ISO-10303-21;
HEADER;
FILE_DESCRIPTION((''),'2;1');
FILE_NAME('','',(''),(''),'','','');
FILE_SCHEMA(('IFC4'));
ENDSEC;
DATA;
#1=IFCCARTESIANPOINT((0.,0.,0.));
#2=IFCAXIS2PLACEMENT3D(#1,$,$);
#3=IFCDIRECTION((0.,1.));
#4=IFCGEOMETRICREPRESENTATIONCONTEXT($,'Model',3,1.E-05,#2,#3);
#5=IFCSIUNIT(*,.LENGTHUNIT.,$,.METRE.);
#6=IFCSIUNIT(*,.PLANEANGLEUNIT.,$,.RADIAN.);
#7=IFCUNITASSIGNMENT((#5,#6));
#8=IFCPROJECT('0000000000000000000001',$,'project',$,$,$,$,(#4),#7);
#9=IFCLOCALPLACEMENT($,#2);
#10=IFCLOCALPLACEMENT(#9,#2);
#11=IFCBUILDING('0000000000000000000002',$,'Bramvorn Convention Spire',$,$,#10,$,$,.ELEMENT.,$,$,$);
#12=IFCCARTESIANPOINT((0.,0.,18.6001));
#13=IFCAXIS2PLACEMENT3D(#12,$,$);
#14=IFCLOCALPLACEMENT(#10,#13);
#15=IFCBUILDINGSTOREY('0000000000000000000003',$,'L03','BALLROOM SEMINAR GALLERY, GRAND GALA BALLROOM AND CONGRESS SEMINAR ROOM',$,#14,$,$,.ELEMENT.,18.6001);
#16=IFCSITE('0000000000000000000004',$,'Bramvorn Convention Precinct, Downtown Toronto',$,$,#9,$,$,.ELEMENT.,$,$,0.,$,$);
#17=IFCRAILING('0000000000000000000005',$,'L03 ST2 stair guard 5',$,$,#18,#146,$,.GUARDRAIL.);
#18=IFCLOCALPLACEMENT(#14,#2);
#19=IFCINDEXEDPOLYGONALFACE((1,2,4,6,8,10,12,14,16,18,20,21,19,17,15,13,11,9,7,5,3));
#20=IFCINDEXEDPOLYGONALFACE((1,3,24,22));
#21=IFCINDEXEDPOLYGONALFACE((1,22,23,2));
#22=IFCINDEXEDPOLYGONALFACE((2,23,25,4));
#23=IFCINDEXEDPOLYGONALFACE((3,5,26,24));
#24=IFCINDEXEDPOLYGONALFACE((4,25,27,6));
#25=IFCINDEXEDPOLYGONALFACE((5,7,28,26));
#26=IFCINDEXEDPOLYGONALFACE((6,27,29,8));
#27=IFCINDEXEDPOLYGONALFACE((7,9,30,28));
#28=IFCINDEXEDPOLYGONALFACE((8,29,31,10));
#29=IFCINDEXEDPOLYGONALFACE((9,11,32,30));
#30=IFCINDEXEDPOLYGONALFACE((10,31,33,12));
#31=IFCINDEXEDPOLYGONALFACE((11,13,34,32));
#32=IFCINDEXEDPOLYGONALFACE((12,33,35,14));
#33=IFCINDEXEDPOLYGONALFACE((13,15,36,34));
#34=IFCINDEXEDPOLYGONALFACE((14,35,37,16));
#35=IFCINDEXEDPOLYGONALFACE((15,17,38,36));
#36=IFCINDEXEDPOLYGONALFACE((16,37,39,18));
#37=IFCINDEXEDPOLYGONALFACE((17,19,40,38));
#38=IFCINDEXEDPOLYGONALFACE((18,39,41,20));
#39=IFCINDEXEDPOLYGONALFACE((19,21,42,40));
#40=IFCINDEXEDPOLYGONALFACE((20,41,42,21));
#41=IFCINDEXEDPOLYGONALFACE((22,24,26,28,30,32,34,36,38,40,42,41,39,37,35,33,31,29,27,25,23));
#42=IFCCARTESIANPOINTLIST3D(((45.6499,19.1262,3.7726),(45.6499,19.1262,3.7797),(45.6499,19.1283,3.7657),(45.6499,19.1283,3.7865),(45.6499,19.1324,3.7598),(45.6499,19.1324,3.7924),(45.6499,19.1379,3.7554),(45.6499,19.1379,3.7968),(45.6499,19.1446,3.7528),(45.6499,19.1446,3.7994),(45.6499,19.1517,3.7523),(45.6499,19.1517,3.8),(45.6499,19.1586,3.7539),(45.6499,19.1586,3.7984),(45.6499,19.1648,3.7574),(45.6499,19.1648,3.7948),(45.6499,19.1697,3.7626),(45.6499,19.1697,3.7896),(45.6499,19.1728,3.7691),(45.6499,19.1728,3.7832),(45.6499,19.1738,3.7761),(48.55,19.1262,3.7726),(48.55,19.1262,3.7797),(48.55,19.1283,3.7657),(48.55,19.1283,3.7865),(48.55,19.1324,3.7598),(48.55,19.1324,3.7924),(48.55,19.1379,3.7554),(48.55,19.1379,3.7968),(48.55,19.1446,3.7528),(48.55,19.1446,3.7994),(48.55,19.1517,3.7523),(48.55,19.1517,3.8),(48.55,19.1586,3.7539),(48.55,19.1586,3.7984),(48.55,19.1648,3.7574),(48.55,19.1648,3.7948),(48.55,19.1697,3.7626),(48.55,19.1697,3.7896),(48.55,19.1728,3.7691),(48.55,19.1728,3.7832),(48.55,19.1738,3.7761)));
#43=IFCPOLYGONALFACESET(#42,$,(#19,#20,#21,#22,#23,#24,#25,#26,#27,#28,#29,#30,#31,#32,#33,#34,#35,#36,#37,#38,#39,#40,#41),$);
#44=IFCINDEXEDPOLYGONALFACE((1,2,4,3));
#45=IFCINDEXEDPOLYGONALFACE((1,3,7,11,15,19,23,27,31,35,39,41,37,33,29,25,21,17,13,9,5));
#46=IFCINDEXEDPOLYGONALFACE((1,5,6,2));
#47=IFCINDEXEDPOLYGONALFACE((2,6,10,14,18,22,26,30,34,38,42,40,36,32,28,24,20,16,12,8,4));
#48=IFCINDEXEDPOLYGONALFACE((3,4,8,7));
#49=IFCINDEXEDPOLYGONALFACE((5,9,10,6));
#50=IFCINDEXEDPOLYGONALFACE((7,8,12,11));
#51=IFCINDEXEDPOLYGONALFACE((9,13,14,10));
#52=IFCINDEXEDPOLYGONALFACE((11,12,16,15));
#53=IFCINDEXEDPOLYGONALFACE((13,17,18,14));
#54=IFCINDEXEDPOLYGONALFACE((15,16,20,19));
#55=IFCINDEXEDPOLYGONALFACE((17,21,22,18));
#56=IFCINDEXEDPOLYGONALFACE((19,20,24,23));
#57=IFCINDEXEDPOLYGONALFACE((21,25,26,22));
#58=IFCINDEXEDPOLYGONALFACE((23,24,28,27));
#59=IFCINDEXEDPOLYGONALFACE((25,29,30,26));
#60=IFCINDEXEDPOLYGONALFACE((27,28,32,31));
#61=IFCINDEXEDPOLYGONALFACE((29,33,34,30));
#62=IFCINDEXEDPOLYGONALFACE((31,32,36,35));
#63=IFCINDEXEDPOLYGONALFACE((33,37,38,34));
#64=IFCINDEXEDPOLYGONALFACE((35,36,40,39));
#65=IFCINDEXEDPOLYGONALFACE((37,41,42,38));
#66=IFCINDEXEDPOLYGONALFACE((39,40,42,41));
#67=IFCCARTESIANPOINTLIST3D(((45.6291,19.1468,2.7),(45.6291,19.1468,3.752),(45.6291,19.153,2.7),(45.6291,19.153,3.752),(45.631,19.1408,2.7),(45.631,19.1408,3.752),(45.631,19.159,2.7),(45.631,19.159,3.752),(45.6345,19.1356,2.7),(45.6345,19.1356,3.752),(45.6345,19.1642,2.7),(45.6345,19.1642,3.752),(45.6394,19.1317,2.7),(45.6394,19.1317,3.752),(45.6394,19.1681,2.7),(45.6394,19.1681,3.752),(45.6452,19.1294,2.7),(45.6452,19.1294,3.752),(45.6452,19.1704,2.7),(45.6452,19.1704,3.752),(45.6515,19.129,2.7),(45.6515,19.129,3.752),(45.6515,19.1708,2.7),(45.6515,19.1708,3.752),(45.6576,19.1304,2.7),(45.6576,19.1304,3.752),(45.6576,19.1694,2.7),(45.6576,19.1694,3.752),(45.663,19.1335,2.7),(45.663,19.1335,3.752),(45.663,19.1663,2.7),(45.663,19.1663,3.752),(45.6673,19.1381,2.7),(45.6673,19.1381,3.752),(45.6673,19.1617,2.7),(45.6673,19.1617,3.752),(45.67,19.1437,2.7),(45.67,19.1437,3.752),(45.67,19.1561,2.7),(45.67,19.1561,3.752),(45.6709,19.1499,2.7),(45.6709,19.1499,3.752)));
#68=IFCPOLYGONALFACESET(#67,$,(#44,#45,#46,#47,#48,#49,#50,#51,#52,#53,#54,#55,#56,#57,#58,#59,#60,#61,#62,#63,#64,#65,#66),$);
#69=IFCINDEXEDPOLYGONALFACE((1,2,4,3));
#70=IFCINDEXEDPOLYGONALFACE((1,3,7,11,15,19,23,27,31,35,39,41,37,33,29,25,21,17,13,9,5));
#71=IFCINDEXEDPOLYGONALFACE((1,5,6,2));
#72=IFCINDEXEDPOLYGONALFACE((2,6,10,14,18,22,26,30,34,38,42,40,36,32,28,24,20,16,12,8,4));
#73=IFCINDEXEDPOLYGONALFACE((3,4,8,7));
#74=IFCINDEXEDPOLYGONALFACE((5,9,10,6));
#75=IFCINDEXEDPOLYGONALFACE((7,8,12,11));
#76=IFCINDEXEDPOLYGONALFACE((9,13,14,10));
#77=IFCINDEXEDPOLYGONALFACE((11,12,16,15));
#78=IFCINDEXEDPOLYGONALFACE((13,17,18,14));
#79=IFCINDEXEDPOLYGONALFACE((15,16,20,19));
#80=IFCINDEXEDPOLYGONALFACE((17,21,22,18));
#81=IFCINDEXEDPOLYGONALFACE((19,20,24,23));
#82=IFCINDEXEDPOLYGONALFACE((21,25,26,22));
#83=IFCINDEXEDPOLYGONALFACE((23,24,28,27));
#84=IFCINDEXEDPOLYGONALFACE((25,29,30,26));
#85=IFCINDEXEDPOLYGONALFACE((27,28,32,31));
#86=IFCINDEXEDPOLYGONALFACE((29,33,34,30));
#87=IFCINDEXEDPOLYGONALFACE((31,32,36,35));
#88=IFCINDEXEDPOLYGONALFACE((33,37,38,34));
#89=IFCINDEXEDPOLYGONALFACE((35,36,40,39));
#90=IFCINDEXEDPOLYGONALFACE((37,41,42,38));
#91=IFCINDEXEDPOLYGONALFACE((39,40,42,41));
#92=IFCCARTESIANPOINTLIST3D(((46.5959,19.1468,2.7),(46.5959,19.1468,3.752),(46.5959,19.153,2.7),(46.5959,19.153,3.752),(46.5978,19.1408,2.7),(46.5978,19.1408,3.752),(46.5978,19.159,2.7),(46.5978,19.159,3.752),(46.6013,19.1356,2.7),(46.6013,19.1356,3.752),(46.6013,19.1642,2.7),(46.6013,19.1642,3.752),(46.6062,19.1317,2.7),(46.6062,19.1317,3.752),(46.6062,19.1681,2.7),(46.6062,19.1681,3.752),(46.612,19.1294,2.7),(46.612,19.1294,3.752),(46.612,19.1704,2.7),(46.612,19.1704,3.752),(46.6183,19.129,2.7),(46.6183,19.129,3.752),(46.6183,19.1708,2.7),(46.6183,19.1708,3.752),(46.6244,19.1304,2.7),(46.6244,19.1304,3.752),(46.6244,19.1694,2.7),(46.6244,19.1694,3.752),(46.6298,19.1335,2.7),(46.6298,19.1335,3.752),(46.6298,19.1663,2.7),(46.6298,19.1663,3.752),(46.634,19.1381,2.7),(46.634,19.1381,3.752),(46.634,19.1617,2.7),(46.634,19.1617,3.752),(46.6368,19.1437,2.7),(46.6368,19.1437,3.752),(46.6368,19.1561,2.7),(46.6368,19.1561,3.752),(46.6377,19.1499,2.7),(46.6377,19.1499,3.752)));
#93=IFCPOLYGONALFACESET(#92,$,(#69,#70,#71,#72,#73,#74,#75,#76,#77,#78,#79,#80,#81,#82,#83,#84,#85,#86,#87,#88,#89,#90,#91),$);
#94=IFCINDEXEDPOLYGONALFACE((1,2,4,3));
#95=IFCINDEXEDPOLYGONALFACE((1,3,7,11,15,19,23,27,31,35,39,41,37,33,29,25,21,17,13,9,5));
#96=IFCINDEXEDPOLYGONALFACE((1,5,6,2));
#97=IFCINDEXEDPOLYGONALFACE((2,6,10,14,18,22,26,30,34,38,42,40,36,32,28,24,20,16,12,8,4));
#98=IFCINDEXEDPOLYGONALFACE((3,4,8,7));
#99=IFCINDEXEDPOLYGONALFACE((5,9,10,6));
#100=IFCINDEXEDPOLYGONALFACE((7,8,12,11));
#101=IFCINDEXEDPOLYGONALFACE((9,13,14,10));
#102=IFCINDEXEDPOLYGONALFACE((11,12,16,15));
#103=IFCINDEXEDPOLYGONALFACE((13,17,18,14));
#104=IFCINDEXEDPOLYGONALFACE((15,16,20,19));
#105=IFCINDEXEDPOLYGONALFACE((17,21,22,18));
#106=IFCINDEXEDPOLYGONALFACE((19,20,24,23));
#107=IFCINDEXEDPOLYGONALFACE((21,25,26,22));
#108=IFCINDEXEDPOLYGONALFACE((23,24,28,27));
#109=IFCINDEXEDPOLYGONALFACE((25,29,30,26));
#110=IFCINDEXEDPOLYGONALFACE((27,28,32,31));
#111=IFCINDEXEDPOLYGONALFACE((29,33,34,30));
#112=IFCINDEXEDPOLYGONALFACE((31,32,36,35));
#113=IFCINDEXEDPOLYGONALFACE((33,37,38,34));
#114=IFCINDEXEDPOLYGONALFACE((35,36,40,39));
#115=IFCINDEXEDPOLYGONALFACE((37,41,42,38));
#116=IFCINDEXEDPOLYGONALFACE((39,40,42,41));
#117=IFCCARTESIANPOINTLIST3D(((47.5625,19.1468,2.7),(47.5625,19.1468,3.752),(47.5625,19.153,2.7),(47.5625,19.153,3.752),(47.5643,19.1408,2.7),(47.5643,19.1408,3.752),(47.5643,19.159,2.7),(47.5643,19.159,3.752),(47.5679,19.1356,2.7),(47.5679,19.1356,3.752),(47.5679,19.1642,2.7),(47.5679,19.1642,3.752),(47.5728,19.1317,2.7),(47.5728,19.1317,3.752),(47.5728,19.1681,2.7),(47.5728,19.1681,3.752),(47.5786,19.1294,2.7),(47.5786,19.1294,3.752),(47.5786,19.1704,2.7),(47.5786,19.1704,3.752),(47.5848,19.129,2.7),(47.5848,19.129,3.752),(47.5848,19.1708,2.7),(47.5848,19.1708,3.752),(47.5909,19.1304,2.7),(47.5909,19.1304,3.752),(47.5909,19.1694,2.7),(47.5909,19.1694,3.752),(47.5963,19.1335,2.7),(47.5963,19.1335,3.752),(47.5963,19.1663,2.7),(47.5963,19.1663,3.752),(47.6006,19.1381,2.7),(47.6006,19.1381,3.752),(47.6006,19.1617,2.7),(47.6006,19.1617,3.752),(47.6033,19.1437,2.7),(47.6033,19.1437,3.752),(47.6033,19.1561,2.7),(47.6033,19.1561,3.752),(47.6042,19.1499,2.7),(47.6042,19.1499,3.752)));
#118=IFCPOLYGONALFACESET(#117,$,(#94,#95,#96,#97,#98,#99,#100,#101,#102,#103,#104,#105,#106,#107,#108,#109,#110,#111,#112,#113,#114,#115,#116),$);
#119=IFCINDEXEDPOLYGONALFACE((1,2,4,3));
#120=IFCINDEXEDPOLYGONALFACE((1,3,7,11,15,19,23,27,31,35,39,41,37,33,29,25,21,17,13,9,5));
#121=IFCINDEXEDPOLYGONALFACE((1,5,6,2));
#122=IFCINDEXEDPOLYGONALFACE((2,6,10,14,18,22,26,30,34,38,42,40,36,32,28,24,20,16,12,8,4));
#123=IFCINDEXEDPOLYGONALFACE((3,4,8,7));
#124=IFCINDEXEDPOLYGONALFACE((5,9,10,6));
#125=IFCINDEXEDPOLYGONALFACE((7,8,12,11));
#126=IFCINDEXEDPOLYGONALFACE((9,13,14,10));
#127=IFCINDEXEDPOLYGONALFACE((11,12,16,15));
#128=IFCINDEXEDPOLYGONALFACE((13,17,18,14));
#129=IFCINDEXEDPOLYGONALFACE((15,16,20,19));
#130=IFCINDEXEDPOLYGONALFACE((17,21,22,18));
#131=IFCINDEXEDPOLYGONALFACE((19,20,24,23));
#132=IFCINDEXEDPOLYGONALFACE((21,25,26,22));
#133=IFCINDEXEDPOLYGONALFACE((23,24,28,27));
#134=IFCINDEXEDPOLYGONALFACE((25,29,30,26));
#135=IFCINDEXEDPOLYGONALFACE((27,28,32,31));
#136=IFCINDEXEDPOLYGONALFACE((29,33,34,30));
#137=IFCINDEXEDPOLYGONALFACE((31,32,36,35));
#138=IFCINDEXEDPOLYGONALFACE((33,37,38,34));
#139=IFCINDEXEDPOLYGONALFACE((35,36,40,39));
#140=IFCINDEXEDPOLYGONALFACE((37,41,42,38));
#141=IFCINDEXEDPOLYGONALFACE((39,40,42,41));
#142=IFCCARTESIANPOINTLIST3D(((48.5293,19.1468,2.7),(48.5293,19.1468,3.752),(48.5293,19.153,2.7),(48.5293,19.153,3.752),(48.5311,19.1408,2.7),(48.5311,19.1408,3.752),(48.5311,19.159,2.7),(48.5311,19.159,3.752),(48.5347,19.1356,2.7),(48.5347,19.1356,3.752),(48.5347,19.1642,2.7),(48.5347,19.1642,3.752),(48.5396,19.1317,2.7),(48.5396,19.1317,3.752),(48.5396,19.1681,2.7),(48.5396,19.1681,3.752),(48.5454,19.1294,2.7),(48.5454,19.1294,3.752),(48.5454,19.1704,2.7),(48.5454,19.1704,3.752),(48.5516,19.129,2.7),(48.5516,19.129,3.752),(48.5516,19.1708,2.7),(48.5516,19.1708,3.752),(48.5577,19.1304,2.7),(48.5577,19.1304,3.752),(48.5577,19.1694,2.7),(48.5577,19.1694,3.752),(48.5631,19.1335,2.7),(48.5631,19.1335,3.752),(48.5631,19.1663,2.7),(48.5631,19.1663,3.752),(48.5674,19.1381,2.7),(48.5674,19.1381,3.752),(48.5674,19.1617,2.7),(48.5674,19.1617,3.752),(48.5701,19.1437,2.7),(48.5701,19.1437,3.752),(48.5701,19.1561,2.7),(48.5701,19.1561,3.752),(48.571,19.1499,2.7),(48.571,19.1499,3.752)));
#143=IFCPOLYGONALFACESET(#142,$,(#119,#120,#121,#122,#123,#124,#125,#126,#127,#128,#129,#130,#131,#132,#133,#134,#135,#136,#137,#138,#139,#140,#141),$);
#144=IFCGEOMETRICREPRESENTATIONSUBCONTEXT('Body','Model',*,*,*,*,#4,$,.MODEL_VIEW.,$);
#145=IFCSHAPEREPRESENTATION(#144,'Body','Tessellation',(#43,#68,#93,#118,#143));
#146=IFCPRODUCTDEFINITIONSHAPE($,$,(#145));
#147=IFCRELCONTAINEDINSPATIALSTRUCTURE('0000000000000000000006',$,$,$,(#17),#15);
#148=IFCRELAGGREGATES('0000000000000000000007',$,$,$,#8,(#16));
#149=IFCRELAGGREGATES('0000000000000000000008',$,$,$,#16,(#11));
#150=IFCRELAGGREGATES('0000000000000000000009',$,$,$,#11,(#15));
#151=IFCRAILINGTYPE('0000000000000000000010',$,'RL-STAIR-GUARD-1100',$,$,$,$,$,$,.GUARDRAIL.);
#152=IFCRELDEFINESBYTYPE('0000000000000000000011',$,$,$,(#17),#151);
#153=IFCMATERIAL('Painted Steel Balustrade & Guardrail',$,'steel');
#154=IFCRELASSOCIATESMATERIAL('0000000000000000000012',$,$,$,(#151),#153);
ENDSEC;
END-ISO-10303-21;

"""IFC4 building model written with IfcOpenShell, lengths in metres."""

from ifc_helpers import new_model, si_unit, direction, frame, origin, origin_2d, place, context, subcontext, project, spatial, circle, extrude, material, type_object, element, save


model = new_model("IFC4")

# Units and contexts
model_context = context("Model", 3, precision=1e-05, world=origin(), true_north=direction((0.0, 1.0)))
body_context = subcontext(model_context, "Body", "Model", "MODEL_VIEW")
ifc_project = project(units=[si_unit("LENGTHUNIT", "METRE"), si_unit("PLANEANGLEUNIT", "RADIAN")], contexts=[model_context])

# Site, building, storey
site_placement = place(None, origin())
site = spatial("IfcSite", under=ifc_project, at=site_placement, Name="Bramvorn Convention Precinct, Downtown Toronto", CompositionType="ELEMENT", RefElevation=0.0)
building_placement = place(site_placement, origin())
building = spatial("IfcBuilding", under=site, at=building_placement, Name="Bramvorn Convention Spire", CompositionType="ELEMENT")
storey_placement = place(building_placement, frame((0.0, 0.0, 18.6001)))
storey = spatial("IfcBuildingStorey", under=building, at=storey_placement, Name="L03", Description="BALLROOM SEMINAR GALLERY, GRAND GALA BALLROOM AND CONGRESS SEMINAR ROOM", CompositionType="ELEMENT", Elevation=18.6001)

# Railing
ifc_material_1 = material(Name="Painted Steel Balustrade & Guardrail", Category="steel")
railing_type_1 = type_object("IfcRailingType", Name="RL-STAIR-GUARD-1100", PredefinedType="GUARDRAIL", material=ifc_material_1)
railing_1_placement = place(storey_placement, frame((45.6499, 19.1499, 2.7)))
element("IfcRailing", 1, at=railing_1_placement, inside=storey, type_object=railing_type_1, Name="L03 ST2 stair guard 5", PredefinedType="GUARDRAIL", context=body_context, shape_type="SweptSolid", body=[
    extrude(circle(Radius=0.0239, at=origin_2d()), frame((0.0, 0.0, 1.0762), z_axis=(1.0, 0.0, 0.0), x_axis=(0.0, 1.0, 0.0)), (0.0, 0.0, 1.0), 2.9001),
    extrude(circle(Radius=0.021, at=origin_2d()), origin(), (0.0, 0.0, 1.0), 1.052),
    extrude(circle(Radius=0.021, at=origin_2d()), frame((0.9668, 0.0, 0.0)), (0.0, 0.0, 1.0), 1.052),
    extrude(circle(Radius=0.021, at=origin_2d()), frame((1.9333, 0.0, 0.0)), (0.0, 0.0, 1.0), 1.052),
    extrude(circle(Radius=0.021, at=origin_2d()), frame((2.9001, 0.0, 0.0)), (0.0, 0.0, 1.0), 1.052),
])

save(model, "model.ifc")
